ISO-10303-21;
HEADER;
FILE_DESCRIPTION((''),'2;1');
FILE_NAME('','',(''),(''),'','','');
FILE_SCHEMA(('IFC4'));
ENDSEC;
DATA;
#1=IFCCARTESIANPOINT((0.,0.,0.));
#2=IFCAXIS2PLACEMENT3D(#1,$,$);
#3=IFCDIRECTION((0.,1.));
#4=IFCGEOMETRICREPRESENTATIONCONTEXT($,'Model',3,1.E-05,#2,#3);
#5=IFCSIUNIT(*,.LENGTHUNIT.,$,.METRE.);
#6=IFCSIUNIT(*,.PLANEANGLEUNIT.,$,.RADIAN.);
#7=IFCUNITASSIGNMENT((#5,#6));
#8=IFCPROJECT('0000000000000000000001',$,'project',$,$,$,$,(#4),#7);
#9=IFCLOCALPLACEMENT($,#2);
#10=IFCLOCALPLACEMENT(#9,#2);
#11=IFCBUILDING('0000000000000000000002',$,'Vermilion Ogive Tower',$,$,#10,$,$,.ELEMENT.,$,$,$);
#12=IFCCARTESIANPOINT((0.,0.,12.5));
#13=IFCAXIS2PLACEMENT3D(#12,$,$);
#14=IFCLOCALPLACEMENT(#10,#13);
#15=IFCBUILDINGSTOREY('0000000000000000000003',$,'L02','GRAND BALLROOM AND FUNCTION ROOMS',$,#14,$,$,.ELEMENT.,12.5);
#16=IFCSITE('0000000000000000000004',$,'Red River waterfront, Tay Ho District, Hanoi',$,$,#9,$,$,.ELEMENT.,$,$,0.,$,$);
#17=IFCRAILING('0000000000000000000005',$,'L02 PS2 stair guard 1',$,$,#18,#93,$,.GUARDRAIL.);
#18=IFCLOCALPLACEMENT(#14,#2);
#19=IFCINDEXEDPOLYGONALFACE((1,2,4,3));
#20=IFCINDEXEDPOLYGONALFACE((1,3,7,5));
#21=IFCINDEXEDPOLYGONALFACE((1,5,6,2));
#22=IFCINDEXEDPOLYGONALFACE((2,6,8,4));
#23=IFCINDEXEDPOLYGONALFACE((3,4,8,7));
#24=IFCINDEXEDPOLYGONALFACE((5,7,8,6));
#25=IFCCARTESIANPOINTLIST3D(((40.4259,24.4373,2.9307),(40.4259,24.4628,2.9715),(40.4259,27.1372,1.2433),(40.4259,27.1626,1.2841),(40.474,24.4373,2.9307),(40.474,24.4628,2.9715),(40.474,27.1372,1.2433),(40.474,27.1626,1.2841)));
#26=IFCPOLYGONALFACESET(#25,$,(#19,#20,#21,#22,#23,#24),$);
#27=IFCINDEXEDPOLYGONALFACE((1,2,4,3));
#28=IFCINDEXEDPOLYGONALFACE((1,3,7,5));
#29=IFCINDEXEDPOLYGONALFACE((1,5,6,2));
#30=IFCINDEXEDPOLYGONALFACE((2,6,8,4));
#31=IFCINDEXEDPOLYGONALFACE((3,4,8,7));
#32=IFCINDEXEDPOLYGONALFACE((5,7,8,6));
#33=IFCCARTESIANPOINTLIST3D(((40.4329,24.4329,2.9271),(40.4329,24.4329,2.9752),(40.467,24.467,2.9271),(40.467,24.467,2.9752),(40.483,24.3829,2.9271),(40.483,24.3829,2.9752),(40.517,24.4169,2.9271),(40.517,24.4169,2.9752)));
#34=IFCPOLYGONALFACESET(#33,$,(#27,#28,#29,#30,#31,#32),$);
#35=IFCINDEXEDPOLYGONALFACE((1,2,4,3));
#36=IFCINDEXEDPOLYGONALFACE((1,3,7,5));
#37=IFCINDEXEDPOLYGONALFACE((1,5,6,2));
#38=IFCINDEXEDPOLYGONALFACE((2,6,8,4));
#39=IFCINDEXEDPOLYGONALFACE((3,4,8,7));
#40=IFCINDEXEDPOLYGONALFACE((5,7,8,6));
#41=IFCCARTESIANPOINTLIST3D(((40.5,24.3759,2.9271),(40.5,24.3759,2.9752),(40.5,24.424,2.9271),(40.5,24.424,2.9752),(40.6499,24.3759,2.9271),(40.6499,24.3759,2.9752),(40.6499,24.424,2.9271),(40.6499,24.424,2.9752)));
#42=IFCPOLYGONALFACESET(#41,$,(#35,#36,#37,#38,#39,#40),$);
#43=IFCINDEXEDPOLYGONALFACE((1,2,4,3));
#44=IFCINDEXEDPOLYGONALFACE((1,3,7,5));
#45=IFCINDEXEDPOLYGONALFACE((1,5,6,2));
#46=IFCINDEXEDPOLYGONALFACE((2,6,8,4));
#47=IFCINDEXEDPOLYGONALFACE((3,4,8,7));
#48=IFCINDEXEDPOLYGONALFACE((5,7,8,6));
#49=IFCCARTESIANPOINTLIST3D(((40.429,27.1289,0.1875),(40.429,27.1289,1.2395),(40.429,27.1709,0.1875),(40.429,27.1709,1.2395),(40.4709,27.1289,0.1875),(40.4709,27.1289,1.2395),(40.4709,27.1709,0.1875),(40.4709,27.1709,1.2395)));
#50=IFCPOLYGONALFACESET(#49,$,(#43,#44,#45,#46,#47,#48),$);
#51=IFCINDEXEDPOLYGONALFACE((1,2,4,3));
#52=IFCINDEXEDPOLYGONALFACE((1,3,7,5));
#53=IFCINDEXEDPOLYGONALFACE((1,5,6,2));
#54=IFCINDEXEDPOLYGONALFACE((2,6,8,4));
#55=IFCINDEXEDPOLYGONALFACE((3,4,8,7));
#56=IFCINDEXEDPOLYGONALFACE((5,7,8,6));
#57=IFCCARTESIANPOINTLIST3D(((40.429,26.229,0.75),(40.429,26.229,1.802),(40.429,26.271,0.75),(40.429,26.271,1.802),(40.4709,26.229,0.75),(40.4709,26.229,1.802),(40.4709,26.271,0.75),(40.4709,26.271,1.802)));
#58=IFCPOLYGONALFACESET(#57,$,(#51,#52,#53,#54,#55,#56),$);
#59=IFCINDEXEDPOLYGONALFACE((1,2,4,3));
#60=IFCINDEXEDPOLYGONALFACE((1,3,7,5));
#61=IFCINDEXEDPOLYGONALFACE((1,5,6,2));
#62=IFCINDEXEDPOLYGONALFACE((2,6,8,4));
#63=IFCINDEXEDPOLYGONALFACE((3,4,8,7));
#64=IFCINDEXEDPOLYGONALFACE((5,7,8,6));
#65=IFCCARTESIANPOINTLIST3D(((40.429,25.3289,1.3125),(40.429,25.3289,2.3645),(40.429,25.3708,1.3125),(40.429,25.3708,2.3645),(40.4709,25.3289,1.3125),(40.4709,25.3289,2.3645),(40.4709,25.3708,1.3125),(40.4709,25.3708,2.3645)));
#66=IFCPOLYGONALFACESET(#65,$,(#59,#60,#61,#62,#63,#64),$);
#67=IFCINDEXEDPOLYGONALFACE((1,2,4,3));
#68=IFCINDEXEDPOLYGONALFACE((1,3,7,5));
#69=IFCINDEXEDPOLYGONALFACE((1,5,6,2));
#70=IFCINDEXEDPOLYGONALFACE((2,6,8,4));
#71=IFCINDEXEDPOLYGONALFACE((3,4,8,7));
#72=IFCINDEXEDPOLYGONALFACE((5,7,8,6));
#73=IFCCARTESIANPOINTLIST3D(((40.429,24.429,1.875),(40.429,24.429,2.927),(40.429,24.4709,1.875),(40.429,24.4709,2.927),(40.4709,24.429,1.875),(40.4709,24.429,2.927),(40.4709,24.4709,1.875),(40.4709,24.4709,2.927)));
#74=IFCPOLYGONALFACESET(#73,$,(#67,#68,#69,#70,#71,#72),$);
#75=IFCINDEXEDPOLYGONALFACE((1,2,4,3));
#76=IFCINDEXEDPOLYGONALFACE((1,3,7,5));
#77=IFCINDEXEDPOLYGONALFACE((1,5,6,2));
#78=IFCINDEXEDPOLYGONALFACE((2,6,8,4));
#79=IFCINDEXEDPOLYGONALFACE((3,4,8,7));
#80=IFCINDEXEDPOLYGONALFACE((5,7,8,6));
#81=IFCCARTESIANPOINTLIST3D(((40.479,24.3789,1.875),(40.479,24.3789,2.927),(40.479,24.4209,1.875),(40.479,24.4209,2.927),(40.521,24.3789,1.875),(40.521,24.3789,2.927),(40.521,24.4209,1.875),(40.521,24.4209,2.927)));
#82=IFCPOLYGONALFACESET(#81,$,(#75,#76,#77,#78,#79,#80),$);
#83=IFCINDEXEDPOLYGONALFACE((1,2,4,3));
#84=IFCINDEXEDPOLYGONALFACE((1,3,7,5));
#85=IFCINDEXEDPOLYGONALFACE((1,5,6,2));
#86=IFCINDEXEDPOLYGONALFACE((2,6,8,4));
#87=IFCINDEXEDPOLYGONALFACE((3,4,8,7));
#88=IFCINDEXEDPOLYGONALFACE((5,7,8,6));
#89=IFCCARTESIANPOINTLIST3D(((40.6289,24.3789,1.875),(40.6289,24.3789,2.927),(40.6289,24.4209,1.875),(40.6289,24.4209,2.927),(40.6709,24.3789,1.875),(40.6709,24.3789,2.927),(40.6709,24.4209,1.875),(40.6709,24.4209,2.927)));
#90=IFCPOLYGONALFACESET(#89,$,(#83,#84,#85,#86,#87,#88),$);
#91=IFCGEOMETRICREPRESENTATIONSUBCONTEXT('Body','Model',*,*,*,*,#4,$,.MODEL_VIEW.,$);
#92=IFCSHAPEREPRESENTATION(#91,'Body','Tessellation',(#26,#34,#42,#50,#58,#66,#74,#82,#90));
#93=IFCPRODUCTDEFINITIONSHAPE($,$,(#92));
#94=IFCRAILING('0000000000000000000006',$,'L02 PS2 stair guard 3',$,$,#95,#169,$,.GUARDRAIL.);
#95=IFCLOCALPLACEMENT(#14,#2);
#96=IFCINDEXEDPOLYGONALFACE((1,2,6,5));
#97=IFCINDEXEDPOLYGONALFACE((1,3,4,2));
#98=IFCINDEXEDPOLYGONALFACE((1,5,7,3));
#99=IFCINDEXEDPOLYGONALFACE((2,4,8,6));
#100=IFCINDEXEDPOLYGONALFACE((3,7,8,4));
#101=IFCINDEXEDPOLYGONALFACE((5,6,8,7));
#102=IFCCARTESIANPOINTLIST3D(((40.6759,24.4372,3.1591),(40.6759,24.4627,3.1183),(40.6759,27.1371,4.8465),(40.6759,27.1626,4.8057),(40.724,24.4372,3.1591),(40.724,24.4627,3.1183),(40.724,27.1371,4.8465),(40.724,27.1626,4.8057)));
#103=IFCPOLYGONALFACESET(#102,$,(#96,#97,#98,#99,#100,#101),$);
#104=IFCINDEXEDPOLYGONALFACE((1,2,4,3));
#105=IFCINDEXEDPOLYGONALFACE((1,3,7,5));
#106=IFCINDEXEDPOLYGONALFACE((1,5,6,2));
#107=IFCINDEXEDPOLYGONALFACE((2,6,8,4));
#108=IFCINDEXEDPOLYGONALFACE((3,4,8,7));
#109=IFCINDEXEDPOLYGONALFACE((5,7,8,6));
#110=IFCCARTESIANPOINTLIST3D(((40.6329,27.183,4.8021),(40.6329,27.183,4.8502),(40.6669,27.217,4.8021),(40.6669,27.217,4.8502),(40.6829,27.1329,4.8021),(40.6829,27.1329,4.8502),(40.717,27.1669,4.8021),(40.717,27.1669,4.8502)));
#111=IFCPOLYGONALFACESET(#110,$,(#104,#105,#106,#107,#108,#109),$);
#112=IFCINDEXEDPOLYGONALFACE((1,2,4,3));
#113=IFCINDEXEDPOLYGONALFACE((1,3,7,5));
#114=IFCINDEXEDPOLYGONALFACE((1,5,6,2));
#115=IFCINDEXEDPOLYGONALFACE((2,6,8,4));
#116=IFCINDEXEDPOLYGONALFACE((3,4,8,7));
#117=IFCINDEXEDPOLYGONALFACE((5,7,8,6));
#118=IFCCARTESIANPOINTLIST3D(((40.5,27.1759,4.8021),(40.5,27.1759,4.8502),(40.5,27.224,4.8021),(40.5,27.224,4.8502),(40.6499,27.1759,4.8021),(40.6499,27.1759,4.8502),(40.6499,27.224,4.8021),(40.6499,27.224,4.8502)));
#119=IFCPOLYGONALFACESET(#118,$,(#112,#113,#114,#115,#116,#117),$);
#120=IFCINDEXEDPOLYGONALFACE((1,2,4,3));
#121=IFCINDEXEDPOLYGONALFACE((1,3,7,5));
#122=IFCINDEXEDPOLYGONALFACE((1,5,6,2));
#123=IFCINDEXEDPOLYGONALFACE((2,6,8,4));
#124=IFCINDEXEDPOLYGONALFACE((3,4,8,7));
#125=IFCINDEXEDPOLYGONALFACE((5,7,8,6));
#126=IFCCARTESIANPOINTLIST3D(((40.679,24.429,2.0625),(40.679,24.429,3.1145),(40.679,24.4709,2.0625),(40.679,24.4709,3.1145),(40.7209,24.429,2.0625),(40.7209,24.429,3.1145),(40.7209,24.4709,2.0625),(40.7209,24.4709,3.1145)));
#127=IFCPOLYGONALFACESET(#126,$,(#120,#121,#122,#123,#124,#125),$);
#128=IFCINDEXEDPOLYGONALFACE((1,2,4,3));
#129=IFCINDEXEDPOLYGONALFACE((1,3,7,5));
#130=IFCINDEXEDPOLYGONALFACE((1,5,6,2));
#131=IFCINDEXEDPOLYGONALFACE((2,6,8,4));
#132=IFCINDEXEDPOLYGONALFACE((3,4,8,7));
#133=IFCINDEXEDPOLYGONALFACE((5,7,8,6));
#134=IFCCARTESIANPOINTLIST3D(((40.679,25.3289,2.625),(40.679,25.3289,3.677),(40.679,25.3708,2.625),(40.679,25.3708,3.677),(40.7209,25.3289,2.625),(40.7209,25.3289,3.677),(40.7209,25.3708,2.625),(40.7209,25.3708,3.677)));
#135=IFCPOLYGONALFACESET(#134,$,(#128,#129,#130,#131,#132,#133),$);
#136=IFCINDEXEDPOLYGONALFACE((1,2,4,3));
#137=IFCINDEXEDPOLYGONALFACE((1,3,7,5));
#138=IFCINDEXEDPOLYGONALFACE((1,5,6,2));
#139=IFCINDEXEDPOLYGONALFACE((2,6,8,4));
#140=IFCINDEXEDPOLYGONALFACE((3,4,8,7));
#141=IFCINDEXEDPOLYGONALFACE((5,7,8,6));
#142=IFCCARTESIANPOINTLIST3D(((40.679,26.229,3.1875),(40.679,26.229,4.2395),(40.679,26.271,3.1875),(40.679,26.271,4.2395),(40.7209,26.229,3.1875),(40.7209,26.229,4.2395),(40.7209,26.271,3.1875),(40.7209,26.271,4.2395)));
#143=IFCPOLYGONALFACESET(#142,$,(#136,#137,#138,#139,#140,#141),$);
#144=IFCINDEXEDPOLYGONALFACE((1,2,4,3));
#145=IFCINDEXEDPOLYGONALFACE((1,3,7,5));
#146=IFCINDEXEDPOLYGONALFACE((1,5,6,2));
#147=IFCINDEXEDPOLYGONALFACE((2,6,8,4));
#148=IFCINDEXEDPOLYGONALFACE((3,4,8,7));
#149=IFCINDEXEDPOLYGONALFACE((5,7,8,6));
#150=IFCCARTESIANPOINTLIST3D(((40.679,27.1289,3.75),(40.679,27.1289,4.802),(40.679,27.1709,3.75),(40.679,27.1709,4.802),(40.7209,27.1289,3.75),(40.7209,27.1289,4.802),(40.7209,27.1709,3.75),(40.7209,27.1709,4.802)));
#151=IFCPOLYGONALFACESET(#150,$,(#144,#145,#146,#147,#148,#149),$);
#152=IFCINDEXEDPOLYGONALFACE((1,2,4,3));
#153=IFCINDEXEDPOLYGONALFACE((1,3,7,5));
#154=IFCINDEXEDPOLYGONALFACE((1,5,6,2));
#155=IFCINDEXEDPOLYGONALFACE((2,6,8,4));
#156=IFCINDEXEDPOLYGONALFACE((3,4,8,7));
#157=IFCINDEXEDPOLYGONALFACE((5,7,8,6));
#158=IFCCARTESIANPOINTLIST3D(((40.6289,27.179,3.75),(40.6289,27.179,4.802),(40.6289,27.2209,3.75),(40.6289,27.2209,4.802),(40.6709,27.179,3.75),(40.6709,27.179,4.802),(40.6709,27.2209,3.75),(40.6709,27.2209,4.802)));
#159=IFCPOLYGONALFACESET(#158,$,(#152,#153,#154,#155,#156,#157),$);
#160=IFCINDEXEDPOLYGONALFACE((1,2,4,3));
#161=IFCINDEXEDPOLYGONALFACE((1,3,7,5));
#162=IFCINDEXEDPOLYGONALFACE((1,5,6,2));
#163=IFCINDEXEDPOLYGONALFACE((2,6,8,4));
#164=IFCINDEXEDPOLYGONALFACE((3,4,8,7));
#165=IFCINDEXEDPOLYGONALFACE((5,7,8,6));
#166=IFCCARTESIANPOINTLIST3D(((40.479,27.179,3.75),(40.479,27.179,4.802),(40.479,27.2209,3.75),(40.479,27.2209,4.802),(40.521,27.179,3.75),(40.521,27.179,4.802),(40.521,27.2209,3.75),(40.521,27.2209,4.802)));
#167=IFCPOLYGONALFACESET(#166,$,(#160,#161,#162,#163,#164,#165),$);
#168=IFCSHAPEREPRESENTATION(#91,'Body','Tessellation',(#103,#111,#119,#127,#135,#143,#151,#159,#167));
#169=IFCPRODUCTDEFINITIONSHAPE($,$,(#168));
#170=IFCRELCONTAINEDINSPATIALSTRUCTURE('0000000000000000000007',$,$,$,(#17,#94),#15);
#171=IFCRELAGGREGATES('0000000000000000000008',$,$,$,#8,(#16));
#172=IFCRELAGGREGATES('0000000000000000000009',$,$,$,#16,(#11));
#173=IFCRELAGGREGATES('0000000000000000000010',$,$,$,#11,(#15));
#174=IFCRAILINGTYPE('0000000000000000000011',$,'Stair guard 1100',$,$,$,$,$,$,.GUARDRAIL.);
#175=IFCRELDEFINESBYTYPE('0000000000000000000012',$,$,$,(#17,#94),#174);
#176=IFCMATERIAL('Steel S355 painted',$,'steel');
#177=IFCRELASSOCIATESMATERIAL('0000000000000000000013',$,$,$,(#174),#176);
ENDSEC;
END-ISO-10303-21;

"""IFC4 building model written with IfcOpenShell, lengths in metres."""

from ifc_helpers import new_model, si_unit, direction, frame, origin, origin_2d, place, context, subcontext, project, spatial, rectangle, extrude, material, type_object, element, save


model = new_model("IFC4")

# Units and contexts
model_context = context("Model", 3, precision=1e-05, world=origin(), true_north=direction((0.0, 1.0)))
body_context = subcontext(model_context, "Body", "Model", "MODEL_VIEW")
ifc_project = project(units=[si_unit("LENGTHUNIT", "METRE"), si_unit("PLANEANGLEUNIT", "RADIAN")], contexts=[model_context])

# Site, building, storey
site_placement = place(None, origin())
site = spatial("IfcSite", under=ifc_project, at=site_placement, Name="Red River waterfront, Tay Ho District, Hanoi", CompositionType="ELEMENT", RefElevation=0.0)
building_placement = place(site_placement, origin())
building = spatial("IfcBuilding", under=site, at=building_placement, Name="Vermilion Ogive Tower", CompositionType="ELEMENT")
storey_placement = place(building_placement, frame((0.0, 0.0, 12.5)))
storey = spatial("IfcBuildingStorey", under=building, at=storey_placement, Name="L02", Description="GRAND BALLROOM AND FUNCTION ROOMS", CompositionType="ELEMENT", Elevation=12.5)

# Railings
ifc_material_1 = material(Name="Steel S355 painted", Category="steel")
railing_type_1 = type_object("IfcRailingType", Name="Stair guard 1100", PredefinedType="GUARDRAIL", material=ifc_material_1)
railing_1_placement = place(storey_placement, frame((40.45, 27.1499, 0.1875)))
element("IfcRailing", 1, at=railing_1_placement, inside=storey, type_object=railing_type_1, Name="L02 PS2 stair guard 1", PredefinedType="GUARDRAIL", context=body_context, shape_type="SweptSolid", body=[
    extrude(rectangle(XDim=0.0481, YDim=0.0481, at=origin_2d()), frame((0.0, 0.0, 1.0762), z_axis=(0.0, -0.847994, 0.530006), x_axis=(1.0, 0.0, 0.0)), (0.0, 0.0, 1.0), 3.1838),
    extrude(rectangle(XDim=0.0481, YDim=0.0481, at=origin_2d()), frame((0.0, -2.7, 2.7637), z_axis=(0.707107, -0.707107, 0.0), x_axis=(0.707107, 0.707107, 0.0)), (0.0, 0.0, 1.0), 0.0708),
    extrude(rectangle(XDim=0.0481, YDim=0.0481, at=origin_2d()), frame((0.05, -2.75, 2.7637), z_axis=(1.0, 0.0, 0.0), x_axis=(0.0, 1.0, 0.0)), (0.0, 0.0, 1.0), 0.1499),
    extrude(rectangle(XDim=0.042, YDim=0.042, at=origin_2d()), origin(), (0.0, 0.0, 1.0), 1.052),
    extrude(rectangle(XDim=0.042, YDim=0.042, at=origin_2d()), frame((0.0, -0.8999, 0.5625)), (0.0, 0.0, 1.0), 1.052),
    extrude(rectangle(XDim=0.042, YDim=0.042, at=origin_2d()), frame((0.0, -1.8, 1.125)), (0.0, 0.0, 1.0), 1.052),
    extrude(rectangle(XDim=0.042, YDim=0.042, at=origin_2d()), frame((0.0, -2.7, 1.6875)), (0.0, 0.0, 1.0), 1.052),
    extrude(rectangle(XDim=0.042, YDim=0.042, at=origin_2d()), frame((0.05, -2.75, 1.6875)), (0.0, 0.0, 1.0), 1.052),
    extrude(rectangle(XDim=0.042, YDim=0.042, at=origin_2d()), frame((0.2, -2.75, 1.6875)), (0.0, 0.0, 1.0), 1.052),
])
railing_2_placement = place(storey_placement, frame((40.7, 24.45, 2.0625)))
element("IfcRailing", 2, at=railing_2_placement, inside=storey, type_object=railing_type_1, Name="L02 PS2 stair guard 3", PredefinedType="GUARDRAIL", context=body_context, shape_type="SweptSolid", body=[
    extrude(rectangle(XDim=0.0481, YDim=0.0481, at=origin_2d()), frame((0.0, 0.0, 1.0762), z_axis=(0.0, 0.847994, 0.530006), x_axis=(-1.0, 0.0, 0.0)), (0.0, 0.0, 1.0), 3.1838),
    extrude(rectangle(XDim=0.0481, YDim=0.0481, at=origin_2d()), frame((0.0, 2.7, 2.7637), z_axis=(-0.707107, 0.707107, 0.0), x_axis=(-0.707107, -0.707107, 0.0)), (0.0, 0.0, 1.0), 0.0708),
    extrude(rectangle(XDim=0.0481, YDim=0.0481, at=origin_2d()), frame((-0.05, 2.75, 2.7637), z_axis=(-1.0, 0.0, 0.0), x_axis=(0.0, -1.0, 0.0)), (0.0, 0.0, 1.0), 0.1499),
    extrude(rectangle(XDim=0.042, YDim=0.042, at=origin_2d()), origin(), (0.0, 0.0, 1.0), 1.052),
    extrude(rectangle(XDim=0.042, YDim=0.042, at=origin_2d()), frame((0.0, 0.8999, 0.5625)), (0.0, 0.0, 1.0), 1.052),
    extrude(rectangle(XDim=0.042, YDim=0.042, at=origin_2d()), frame((0.0, 1.8, 1.125)), (0.0, 0.0, 1.0), 1.052),
    extrude(rectangle(XDim=0.042, YDim=0.042, at=origin_2d()), frame((0.0, 2.7, 1.6875)), (0.0, 0.0, 1.0), 1.052),
    extrude(rectangle(XDim=0.042, YDim=0.042, at=origin_2d()), frame((-0.05, 2.75, 1.6875)), (0.0, 0.0, 1.0), 1.052),
    extrude(rectangle(XDim=0.042, YDim=0.042, at=origin_2d()), frame((-0.2, 2.75, 1.6875)), (0.0, 0.0, 1.0), 1.052),
])

save(model, "model.ifc")
